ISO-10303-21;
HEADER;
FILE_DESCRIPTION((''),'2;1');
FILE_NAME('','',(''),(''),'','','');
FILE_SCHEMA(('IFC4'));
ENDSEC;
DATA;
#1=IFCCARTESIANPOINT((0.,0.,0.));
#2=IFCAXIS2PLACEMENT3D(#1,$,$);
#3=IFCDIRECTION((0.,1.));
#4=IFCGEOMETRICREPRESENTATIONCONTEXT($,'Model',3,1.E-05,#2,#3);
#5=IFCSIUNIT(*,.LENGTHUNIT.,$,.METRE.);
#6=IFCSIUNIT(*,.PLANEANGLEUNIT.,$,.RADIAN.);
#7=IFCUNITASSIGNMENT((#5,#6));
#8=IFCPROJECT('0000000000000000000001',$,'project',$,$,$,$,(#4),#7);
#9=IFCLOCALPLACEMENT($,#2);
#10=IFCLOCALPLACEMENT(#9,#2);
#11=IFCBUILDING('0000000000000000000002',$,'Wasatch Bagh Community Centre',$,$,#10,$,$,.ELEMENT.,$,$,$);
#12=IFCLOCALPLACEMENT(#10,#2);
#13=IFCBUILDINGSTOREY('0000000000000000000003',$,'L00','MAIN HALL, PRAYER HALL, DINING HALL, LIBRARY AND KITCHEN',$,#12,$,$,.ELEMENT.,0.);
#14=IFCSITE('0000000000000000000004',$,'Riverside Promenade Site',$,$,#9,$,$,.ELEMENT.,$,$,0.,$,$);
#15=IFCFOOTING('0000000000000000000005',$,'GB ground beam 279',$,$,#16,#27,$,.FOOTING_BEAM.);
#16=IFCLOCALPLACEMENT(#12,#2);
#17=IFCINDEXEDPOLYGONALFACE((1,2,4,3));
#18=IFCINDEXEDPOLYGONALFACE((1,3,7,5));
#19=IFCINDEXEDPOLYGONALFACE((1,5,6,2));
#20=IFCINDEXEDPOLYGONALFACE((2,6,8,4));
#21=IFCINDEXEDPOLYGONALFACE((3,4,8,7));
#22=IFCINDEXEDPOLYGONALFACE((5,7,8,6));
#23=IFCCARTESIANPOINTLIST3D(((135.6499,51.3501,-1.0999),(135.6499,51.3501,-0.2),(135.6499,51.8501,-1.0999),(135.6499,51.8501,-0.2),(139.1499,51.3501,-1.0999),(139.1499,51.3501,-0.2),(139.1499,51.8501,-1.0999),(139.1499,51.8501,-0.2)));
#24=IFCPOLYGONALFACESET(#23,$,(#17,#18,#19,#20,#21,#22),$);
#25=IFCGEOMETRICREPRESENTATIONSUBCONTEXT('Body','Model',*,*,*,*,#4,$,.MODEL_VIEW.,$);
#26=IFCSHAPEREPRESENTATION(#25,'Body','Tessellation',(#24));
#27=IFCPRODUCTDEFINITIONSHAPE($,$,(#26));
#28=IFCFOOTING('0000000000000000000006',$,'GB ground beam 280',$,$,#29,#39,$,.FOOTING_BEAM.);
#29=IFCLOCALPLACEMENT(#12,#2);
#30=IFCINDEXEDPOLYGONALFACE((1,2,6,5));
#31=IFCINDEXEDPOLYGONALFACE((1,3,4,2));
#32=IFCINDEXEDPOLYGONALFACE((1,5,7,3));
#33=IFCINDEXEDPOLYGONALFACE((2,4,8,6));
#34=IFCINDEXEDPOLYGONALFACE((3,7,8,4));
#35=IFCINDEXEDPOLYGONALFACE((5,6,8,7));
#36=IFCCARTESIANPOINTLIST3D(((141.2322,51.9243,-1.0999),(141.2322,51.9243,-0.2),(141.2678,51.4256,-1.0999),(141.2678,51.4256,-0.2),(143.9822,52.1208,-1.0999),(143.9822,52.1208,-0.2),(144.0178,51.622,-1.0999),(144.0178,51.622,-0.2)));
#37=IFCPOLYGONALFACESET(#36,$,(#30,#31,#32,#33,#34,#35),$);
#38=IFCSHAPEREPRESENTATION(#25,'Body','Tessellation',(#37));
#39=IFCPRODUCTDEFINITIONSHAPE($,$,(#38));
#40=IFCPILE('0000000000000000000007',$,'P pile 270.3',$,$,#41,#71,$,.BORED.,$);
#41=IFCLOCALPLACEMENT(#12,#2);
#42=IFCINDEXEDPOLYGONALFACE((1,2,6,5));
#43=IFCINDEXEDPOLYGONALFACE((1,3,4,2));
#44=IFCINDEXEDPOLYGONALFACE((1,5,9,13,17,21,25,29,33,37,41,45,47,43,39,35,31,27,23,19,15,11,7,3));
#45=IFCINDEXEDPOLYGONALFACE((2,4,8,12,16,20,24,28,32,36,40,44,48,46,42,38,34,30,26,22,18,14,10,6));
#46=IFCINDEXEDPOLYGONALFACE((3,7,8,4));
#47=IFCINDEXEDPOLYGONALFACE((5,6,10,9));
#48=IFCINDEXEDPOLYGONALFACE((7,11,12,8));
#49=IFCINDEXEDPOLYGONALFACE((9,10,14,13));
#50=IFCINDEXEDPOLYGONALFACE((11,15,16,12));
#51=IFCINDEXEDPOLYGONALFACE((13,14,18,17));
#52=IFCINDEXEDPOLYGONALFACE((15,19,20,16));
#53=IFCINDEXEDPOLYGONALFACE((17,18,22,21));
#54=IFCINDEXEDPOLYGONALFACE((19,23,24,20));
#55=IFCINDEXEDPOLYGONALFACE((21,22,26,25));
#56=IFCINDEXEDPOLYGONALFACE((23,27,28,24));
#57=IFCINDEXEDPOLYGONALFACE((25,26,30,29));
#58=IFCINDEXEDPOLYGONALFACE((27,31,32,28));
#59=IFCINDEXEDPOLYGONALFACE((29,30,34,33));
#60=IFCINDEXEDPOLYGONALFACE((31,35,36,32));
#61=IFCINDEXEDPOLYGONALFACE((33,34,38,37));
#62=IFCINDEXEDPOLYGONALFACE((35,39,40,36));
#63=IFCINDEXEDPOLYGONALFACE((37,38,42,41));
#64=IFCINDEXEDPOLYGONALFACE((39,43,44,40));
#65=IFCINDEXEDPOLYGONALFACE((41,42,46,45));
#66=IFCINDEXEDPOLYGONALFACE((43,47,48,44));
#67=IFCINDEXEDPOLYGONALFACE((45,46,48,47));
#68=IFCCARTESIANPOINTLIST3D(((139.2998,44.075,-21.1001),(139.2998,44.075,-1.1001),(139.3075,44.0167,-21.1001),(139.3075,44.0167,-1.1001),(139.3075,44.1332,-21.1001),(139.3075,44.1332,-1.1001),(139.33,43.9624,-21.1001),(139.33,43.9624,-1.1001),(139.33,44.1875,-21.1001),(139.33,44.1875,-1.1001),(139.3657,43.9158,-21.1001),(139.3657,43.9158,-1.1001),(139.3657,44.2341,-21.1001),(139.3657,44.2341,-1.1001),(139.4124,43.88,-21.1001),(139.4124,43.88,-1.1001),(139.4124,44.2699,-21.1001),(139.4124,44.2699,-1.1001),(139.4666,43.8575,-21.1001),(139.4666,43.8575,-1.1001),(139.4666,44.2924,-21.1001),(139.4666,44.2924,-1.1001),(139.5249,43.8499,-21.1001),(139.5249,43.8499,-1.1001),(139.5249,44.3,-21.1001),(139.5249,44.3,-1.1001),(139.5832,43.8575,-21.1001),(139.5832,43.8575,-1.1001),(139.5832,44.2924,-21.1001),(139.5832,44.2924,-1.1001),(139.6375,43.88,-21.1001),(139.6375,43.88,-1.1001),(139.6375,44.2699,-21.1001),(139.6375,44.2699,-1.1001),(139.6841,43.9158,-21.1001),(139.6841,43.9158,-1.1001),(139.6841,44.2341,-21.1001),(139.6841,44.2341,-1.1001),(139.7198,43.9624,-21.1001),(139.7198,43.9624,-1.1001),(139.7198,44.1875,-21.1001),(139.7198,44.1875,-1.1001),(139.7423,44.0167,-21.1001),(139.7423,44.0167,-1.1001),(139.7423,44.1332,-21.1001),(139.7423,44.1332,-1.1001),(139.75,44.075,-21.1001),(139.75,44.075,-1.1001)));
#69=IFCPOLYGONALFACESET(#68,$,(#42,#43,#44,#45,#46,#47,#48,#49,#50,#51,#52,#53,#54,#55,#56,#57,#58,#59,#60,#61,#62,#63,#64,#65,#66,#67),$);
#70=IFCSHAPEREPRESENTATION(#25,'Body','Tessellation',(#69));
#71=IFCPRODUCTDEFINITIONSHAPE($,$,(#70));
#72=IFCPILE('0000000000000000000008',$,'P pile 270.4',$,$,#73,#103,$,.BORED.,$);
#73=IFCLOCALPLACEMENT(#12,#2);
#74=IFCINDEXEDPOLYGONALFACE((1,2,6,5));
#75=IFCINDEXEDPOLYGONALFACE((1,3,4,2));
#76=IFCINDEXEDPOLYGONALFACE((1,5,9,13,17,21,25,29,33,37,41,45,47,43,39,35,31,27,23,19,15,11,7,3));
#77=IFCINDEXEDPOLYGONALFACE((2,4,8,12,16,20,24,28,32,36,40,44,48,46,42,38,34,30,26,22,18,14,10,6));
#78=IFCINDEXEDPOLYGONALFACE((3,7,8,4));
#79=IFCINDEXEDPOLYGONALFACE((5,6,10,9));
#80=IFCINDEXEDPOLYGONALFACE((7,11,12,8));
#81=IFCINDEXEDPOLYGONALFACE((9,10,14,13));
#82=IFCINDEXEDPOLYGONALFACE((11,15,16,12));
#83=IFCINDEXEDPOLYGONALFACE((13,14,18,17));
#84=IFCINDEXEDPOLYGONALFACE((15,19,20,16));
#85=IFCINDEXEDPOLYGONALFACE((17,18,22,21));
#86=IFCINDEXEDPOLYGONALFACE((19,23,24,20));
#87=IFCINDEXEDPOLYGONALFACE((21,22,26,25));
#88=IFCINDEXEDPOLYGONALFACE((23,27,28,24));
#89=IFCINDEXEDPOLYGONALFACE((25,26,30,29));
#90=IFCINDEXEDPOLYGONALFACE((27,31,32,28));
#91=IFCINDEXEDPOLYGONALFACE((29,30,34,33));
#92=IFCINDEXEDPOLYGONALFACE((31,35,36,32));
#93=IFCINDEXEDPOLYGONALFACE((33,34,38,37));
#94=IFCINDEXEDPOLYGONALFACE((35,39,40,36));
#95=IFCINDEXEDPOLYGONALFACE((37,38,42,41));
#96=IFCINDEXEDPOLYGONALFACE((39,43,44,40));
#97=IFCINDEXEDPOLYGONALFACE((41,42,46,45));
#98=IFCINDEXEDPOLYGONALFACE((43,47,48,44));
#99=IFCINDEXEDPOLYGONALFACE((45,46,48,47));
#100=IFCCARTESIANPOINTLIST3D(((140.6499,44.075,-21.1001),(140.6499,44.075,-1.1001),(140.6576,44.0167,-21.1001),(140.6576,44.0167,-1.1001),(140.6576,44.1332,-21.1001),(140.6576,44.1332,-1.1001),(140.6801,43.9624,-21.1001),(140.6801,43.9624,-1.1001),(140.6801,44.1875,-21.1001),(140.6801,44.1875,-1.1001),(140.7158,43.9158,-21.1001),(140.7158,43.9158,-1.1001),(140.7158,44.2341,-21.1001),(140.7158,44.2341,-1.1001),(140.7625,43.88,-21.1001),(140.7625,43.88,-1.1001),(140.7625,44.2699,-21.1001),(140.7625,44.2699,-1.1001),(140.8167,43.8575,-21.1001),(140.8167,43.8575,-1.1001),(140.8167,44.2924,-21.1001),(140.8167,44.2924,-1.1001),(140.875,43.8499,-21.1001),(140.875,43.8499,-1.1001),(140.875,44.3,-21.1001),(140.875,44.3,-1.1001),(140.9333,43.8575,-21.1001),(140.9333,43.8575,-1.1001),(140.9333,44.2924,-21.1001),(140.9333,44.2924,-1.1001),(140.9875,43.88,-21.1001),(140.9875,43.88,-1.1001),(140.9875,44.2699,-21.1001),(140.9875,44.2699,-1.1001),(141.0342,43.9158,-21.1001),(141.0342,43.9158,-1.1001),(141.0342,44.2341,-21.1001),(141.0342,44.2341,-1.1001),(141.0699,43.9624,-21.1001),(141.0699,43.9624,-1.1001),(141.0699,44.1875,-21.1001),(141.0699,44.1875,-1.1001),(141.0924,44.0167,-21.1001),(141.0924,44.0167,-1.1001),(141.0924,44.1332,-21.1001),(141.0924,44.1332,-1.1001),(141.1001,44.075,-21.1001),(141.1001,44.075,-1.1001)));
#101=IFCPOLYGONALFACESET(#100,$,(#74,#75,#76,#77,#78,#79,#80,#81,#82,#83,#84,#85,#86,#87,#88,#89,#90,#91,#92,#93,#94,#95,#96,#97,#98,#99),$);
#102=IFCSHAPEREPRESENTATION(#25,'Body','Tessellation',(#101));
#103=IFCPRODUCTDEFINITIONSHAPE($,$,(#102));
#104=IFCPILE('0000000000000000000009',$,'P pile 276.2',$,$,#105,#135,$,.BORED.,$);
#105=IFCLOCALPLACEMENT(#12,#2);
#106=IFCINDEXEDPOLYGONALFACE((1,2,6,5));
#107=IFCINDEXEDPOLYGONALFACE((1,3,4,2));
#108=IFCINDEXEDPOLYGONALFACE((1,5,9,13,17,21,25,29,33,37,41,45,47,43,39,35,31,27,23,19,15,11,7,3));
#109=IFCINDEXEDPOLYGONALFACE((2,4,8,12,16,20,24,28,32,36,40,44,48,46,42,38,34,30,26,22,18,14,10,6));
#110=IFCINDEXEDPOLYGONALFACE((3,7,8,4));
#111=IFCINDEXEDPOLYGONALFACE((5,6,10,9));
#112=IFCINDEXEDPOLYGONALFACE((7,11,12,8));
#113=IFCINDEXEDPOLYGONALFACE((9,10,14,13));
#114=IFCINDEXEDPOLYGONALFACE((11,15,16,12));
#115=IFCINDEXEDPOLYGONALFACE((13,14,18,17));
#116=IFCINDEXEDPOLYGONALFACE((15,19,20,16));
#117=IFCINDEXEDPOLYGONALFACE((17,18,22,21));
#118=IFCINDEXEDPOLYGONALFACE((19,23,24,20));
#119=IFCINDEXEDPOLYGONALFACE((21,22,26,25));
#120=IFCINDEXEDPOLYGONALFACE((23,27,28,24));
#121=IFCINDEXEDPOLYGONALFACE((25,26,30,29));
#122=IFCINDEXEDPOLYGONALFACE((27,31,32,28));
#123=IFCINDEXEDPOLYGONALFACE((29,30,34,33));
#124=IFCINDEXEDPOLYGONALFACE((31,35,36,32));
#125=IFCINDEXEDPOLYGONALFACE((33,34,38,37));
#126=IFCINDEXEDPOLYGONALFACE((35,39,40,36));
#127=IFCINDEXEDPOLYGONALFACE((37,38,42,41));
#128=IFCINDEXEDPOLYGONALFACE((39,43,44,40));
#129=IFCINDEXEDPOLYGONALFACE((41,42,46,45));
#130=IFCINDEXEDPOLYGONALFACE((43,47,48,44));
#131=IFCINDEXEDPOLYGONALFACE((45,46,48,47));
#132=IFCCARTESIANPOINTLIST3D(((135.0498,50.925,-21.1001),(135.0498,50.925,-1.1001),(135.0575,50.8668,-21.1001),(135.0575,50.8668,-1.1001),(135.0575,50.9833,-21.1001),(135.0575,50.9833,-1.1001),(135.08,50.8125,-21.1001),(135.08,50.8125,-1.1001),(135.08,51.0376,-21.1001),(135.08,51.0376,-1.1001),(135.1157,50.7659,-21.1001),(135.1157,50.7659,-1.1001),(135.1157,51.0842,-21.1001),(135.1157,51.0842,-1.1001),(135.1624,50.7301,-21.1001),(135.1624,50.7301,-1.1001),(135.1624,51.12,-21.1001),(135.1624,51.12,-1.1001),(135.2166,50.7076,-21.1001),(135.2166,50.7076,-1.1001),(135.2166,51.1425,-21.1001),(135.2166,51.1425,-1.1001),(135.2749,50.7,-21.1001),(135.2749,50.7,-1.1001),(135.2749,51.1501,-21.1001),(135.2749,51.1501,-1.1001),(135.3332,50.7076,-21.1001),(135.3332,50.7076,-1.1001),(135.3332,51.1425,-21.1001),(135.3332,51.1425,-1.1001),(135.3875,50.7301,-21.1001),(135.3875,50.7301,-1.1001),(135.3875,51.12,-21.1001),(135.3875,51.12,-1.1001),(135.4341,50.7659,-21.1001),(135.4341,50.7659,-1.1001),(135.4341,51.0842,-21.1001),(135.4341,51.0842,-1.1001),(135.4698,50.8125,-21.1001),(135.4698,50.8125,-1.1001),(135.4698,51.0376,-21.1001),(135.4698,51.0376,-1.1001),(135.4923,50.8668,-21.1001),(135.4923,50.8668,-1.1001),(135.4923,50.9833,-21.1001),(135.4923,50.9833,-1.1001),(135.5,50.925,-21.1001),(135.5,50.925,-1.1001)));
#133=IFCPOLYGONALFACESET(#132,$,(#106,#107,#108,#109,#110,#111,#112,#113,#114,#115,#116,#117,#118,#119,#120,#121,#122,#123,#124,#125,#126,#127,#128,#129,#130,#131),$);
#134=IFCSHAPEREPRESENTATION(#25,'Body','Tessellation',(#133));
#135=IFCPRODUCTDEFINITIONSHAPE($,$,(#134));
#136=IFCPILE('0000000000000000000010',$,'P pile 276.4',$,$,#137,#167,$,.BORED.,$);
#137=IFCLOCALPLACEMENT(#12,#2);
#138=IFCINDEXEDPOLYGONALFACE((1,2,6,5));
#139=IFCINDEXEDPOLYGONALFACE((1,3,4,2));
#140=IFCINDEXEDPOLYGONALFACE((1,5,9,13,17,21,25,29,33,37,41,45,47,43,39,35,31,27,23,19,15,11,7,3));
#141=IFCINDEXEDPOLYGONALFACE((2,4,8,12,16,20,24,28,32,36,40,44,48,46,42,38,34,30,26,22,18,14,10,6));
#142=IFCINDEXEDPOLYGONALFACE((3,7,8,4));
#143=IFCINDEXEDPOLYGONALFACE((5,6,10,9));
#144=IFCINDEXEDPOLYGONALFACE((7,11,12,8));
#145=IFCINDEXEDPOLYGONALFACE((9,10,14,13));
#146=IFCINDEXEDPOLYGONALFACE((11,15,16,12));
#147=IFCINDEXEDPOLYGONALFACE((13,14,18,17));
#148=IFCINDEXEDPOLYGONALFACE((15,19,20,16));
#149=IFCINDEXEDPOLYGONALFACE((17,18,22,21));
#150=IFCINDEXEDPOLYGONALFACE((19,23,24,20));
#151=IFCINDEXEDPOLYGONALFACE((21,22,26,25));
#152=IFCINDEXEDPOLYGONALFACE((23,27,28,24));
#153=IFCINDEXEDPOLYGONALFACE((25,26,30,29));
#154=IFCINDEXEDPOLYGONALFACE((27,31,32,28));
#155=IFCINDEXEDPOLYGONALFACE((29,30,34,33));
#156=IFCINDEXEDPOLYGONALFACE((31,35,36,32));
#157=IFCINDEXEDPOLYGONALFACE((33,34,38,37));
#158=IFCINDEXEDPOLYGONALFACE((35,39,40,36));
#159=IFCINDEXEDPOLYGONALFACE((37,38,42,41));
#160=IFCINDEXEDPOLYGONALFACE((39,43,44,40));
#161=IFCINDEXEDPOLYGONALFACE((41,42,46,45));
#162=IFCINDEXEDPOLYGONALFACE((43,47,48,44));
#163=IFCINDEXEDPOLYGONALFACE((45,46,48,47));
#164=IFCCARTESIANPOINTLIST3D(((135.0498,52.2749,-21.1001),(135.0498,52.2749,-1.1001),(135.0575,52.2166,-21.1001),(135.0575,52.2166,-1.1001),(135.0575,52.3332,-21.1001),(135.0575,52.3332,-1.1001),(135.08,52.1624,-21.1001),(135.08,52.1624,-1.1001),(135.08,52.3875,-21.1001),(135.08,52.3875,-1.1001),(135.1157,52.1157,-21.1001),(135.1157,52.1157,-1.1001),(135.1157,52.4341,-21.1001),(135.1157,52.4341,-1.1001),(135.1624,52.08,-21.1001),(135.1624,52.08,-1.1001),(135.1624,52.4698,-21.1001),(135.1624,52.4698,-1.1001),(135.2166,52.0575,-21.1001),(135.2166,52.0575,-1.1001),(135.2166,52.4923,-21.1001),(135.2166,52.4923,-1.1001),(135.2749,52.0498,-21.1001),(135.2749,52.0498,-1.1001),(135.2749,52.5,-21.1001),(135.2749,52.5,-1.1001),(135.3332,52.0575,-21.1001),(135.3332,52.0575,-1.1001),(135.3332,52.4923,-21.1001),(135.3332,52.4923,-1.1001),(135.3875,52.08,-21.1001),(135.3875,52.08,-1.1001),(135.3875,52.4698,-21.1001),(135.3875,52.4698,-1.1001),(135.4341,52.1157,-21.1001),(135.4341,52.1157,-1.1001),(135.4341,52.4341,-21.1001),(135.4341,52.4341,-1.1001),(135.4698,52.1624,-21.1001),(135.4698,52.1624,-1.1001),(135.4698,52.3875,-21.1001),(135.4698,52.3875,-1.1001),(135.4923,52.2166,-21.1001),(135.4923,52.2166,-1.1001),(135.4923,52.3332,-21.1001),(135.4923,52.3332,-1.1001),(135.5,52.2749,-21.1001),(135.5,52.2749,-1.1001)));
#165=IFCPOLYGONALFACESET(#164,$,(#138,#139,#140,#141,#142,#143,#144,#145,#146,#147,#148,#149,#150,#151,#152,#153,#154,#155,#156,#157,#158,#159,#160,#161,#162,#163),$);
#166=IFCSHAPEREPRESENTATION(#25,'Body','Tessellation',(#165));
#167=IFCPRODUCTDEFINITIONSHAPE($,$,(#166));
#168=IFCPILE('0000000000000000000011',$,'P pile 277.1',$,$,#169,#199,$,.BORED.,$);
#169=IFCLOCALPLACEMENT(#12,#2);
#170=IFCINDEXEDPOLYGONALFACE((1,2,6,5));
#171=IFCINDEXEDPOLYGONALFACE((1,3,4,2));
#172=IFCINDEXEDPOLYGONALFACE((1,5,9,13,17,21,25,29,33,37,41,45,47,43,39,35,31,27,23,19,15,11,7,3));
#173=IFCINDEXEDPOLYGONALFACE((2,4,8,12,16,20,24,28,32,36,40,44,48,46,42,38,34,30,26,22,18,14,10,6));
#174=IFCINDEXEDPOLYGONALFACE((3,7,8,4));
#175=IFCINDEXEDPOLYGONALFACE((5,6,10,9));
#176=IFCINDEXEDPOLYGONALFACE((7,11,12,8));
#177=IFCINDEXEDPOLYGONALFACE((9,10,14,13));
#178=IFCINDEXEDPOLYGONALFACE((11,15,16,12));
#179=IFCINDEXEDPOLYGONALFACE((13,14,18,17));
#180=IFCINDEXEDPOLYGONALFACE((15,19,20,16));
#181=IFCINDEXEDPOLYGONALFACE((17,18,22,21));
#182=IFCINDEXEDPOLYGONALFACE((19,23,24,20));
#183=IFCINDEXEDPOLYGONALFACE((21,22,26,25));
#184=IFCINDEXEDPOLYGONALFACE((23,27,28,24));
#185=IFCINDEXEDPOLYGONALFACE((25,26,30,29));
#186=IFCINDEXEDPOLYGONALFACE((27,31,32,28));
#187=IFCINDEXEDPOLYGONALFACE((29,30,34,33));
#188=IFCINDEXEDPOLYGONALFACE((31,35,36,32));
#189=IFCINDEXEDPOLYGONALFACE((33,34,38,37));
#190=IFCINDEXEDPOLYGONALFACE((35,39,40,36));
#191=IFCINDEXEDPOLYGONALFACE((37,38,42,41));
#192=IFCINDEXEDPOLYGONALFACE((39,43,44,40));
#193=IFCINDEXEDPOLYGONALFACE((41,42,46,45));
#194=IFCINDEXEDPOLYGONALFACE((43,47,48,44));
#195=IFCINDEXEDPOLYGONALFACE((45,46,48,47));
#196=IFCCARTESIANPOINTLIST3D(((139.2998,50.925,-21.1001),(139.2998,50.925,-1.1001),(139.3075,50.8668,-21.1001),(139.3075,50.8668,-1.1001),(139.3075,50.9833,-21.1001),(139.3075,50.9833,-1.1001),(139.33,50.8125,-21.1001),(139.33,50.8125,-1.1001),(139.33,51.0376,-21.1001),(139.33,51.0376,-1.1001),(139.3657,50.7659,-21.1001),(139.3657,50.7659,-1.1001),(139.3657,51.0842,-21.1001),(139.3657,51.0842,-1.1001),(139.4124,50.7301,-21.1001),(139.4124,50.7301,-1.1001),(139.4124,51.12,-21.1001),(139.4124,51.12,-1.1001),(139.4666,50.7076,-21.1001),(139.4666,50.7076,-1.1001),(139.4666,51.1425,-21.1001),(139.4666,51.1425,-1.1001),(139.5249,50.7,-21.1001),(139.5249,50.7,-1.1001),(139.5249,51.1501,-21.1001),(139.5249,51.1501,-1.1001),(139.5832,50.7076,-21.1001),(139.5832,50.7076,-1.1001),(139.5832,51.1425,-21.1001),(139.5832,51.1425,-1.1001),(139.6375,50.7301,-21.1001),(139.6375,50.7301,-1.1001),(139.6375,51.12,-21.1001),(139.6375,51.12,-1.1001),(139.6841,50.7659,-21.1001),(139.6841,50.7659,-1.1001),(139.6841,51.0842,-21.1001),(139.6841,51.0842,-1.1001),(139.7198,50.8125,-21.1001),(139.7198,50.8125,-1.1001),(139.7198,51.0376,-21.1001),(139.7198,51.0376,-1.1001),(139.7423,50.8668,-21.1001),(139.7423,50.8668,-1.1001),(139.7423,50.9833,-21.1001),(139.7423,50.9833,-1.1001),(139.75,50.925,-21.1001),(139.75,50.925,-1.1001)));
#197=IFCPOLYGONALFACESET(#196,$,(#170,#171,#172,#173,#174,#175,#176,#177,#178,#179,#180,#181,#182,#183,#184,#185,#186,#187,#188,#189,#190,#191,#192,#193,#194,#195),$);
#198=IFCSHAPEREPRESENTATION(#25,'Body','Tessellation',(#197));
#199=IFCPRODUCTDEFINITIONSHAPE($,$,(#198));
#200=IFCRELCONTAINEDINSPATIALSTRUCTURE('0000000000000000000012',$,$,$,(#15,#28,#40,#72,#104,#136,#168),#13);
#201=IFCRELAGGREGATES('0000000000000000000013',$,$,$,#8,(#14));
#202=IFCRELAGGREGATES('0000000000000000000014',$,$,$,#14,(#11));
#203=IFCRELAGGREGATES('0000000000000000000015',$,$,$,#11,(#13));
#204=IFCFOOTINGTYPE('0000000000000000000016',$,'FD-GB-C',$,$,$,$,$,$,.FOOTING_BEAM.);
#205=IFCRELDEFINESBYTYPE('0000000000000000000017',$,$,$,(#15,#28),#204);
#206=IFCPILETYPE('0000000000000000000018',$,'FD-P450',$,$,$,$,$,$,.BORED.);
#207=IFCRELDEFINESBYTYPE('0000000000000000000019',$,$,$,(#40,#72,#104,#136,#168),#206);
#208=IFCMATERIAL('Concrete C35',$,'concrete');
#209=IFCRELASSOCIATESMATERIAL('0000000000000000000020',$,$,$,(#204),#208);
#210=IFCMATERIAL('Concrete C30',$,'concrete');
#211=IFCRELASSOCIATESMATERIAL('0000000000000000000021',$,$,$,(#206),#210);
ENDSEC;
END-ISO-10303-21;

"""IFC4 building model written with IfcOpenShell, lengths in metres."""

from ifc_helpers import new_model, si_unit, direction, frame, origin, origin_2d, place, context, subcontext, project, spatial, rectangle, circle, extrude, material, material_profile, profile_set, type_object, element, save


model = new_model("IFC4")

# Units and contexts
model_context = context("Model", 3, precision=1e-05, world=origin(), true_north=direction((0.0, 1.0)))
body_context = subcontext(model_context, "Body", "Model", "MODEL_VIEW")
ifc_project = project(units=[si_unit("LENGTHUNIT", "METRE"), si_unit("PLANEANGLEUNIT", "RADIAN")], contexts=[model_context])

# Site, building, storey
site_placement = place(None, origin())
site = spatial("IfcSite", under=ifc_project, at=site_placement, Name="Riverside Promenade Site", CompositionType="ELEMENT", RefElevation=0.0)
building_placement = place(site_placement, origin())
building = spatial("IfcBuilding", under=site, at=building_placement, Name="Wasatch Bagh Community Centre", CompositionType="ELEMENT")
storey_placement = place(building_placement, origin())
storey = spatial("IfcBuildingStorey", under=building, at=storey_placement, Name="L00", Description="MAIN HALL, PRAYER HALL, DINING HALL, LIBRARY AND KITCHEN", CompositionType="ELEMENT", Elevation=0.0)

# Footings
ifc_material_1 = material(Name="Concrete C35", Category="concrete")
footing_type_1 = type_object("IfcFootingType", Name="FD-GB-C", PredefinedType="FOOTING_BEAM", material=ifc_material_1)
footing_1_placement = place(storey_placement, frame((137.3999, 51.6001, -1.0999), z_axis=(0.0, 0.0, 1.0), x_axis=(1.0, 0.0, 0.0)))
element("IfcFooting", 1, at=footing_1_placement, inside=storey, type_object=footing_type_1, Name="GB ground beam 279", PredefinedType="FOOTING_BEAM", context=body_context, shape_type="SweptSolid", body=[
    extrude(rectangle(XDim=3.5, YDim=0.5, at=origin_2d()), origin(), (0.0, 0.0, 1.0), 0.8999),
])
footing_2_placement = place(storey_placement, frame((142.625, 51.7732, -1.0999), z_axis=(0.0, 0.0, 1.0), x_axis=(0.997459, 0.071247, 0.0)))
element("IfcFooting", 2, at=footing_2_placement, inside=storey, type_object=footing_type_1, Name="GB ground beam 280", PredefinedType="FOOTING_BEAM", context=body_context, shape_type="SweptSolid", body=[
    extrude(rectangle(XDim=2.7571, YDim=0.5, at=origin_2d()), origin(), (0.0, 0.0, 1.0), 0.8999),
])

# Piles
ifc_material_2 = material(Name="Concrete C30", Category="concrete")
ifc_material_profile_1 = material_profile(ifc_material_2, circle(Radius=0.2251, at=origin_2d()), Name="RC D450")
ifc_profile_set_1 = profile_set([ifc_material_profile_1], Name="Concrete C30")
pile_type = type_object("IfcPileType", Name="FD-P450", PredefinedType="BORED", material=ifc_profile_set_1)
for number, where, z_axis, x_axis, name in (
    (3, (139.5249, 44.075, -1.1001), (0.0, 0.0, -1.0), (1.0, 0.0, 0.0), "P pile 270.3"),
    (4, (140.875, 44.075, -1.1001), (0.0, 0.0, -1.0), (1.0, 0.0, 0.0), "P pile 270.4"),
    (5, (135.2749, 50.925, -1.1001), (0.0, 0.0, -1.0), (1.0, 0.0, 0.0), "P pile 276.2"),
    (6, (135.2749, 52.2749, -1.1001), (0.0, 0.0, -1.0), (1.0, 0.0, 0.0), "P pile 276.4"),
    (7, (139.5249, 50.925, -1.1001), (0.0, 0.0, -1.0), (1.0, 0.0, 0.0), "P pile 277.1"),
):
    element("IfcPile", number, at=place(storey_placement, frame(where, z_axis=z_axis, x_axis=x_axis)), inside=storey, type_object=pile_type, Name=name, PredefinedType="BORED", context=body_context, shape_type="SweptSolid", body=[
        extrude(circle(Radius=0.2251, at=origin_2d()), origin(), (0.0, 0.0, 1.0), 20.0),
    ])

save(model, "model.ifc")
